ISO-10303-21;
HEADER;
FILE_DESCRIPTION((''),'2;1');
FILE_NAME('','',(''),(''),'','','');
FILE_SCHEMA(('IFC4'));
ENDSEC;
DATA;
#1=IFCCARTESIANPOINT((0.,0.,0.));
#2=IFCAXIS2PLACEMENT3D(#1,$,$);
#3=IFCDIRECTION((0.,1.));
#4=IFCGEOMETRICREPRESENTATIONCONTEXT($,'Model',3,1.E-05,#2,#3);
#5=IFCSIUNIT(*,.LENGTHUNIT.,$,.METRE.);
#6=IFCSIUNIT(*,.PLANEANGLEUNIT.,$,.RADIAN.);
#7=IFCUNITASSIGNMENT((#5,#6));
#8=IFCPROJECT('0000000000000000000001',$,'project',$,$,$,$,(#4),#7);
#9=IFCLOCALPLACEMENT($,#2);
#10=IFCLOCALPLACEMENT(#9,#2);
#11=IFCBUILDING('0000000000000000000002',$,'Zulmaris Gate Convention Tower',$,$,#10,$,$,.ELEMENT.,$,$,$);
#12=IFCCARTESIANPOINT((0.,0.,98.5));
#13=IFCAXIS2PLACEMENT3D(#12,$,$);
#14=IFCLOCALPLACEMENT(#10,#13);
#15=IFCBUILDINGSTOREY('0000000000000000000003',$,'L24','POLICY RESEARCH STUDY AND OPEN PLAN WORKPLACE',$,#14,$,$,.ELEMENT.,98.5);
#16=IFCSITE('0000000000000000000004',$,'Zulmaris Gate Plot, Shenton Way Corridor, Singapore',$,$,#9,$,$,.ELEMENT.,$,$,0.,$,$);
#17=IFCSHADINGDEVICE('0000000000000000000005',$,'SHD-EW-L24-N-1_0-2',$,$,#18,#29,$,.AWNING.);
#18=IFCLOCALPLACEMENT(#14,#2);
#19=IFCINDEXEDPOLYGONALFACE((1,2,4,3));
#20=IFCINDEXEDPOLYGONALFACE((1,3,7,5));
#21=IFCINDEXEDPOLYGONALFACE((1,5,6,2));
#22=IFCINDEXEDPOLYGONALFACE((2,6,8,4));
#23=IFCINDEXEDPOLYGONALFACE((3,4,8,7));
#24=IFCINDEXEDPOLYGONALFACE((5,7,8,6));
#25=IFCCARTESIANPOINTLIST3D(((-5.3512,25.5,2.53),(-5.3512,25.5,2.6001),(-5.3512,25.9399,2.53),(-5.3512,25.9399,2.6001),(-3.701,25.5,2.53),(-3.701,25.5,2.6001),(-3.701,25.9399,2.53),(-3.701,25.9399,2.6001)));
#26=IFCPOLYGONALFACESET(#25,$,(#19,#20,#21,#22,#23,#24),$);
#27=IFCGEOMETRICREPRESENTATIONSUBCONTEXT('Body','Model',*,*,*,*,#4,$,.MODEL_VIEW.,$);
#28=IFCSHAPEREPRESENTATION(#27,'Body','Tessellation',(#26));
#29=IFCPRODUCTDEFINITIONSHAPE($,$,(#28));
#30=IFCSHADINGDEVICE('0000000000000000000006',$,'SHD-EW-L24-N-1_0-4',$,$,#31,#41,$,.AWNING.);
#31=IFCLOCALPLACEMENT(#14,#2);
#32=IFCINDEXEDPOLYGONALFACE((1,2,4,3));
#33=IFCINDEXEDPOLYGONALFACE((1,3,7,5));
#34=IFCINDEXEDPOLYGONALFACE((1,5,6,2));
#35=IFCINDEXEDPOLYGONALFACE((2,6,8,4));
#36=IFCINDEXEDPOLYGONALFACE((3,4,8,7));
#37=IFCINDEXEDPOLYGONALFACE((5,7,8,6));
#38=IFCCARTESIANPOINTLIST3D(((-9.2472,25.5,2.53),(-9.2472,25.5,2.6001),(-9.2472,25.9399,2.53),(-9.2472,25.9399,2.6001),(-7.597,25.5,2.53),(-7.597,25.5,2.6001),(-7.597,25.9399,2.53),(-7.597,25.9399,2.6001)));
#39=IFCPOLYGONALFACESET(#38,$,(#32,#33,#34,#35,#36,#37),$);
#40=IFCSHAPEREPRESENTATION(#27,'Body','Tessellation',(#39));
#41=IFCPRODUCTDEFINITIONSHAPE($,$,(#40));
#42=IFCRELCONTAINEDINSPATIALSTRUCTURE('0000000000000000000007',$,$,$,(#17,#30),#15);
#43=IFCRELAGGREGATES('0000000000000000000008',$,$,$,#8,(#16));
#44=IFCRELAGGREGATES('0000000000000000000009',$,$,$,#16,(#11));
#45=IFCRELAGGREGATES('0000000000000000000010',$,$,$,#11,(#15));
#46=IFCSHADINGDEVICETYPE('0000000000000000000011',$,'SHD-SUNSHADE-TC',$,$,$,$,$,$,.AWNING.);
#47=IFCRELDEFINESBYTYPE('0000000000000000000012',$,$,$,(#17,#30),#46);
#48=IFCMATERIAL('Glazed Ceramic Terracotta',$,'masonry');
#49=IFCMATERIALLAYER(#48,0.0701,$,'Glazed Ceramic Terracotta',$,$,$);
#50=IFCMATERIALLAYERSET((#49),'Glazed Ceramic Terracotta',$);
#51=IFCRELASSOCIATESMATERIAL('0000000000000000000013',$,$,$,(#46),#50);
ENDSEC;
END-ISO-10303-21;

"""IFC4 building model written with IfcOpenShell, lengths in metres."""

from ifc_helpers import new_model, si_unit, direction, frame, frame_2d, origin, place, context, subcontext, project, spatial, rectangle, extrude, material, layer, layer_set, type_object, element, save


model = new_model("IFC4")

# Units and contexts
model_context = context("Model", 3, precision=1e-05, world=origin(), true_north=direction((0.0, 1.0)))
body_context = subcontext(model_context, "Body", "Model", "MODEL_VIEW")
ifc_project = project(units=[si_unit("LENGTHUNIT", "METRE"), si_unit("PLANEANGLEUNIT", "RADIAN")], contexts=[model_context])

# Site, building, storey
site_placement = place(None, origin())
site = spatial("IfcSite", under=ifc_project, at=site_placement, Name="Zulmaris Gate Plot, Shenton Way Corridor, Singapore", CompositionType="ELEMENT", RefElevation=0.0)
building_placement = place(site_placement, origin())
building = spatial("IfcBuilding", under=site, at=building_placement, Name="Zulmaris Gate Convention Tower", CompositionType="ELEMENT")
storey_placement = place(building_placement, frame((0.0, 0.0, 98.5)))
storey = spatial("IfcBuildingStorey", under=building, at=storey_placement, Name="L24", Description="POLICY RESEARCH STUDY AND OPEN PLAN WORKPLACE", CompositionType="ELEMENT", Elevation=98.5)

# Shading devices
ifc_material_1 = material(Name="Glazed Ceramic Terracotta", Category="masonry")
ifc_layer_1 = layer(ifc_material_1, 0.0701, Name="Glazed Ceramic Terracotta")
ifc_layer_set_1 = layer_set([ifc_layer_1], Name="Glazed Ceramic Terracotta")
shading_device_type = type_object("IfcShadingDeviceType", Name="SHD-SUNSHADE-TC", PredefinedType="AWNING", material=ifc_layer_set_1)
for number, where, z_axis, x_axis, name in (
    (1, (-3.7009, 25.72, 2.53), (0.0, 0.0, 1.0), (-1.0, 0.0, 0.0), "SHD-EW-L24-N-1_0-2"),
    (2, (-7.5969, 25.72, 2.53), (0.0, 0.0, 1.0), (-1.0, 0.0, 0.0), "SHD-EW-L24-N-1_0-4"),
):
    element("IfcShadingDevice", number, at=place(storey_placement, frame(where, z_axis=z_axis, x_axis=x_axis)), inside=storey, type_object=shading_device_type, Name=name, PredefinedType="AWNING", context=body_context, shape_type="SweptSolid", body=[
        extrude(rectangle(XDim=1.6501, YDim=0.4399, at=frame_2d((0.8252, 0.0))), origin(), (0.0, 0.0, 1.0), 0.0701),
    ])

save(model, "model.ifc")
